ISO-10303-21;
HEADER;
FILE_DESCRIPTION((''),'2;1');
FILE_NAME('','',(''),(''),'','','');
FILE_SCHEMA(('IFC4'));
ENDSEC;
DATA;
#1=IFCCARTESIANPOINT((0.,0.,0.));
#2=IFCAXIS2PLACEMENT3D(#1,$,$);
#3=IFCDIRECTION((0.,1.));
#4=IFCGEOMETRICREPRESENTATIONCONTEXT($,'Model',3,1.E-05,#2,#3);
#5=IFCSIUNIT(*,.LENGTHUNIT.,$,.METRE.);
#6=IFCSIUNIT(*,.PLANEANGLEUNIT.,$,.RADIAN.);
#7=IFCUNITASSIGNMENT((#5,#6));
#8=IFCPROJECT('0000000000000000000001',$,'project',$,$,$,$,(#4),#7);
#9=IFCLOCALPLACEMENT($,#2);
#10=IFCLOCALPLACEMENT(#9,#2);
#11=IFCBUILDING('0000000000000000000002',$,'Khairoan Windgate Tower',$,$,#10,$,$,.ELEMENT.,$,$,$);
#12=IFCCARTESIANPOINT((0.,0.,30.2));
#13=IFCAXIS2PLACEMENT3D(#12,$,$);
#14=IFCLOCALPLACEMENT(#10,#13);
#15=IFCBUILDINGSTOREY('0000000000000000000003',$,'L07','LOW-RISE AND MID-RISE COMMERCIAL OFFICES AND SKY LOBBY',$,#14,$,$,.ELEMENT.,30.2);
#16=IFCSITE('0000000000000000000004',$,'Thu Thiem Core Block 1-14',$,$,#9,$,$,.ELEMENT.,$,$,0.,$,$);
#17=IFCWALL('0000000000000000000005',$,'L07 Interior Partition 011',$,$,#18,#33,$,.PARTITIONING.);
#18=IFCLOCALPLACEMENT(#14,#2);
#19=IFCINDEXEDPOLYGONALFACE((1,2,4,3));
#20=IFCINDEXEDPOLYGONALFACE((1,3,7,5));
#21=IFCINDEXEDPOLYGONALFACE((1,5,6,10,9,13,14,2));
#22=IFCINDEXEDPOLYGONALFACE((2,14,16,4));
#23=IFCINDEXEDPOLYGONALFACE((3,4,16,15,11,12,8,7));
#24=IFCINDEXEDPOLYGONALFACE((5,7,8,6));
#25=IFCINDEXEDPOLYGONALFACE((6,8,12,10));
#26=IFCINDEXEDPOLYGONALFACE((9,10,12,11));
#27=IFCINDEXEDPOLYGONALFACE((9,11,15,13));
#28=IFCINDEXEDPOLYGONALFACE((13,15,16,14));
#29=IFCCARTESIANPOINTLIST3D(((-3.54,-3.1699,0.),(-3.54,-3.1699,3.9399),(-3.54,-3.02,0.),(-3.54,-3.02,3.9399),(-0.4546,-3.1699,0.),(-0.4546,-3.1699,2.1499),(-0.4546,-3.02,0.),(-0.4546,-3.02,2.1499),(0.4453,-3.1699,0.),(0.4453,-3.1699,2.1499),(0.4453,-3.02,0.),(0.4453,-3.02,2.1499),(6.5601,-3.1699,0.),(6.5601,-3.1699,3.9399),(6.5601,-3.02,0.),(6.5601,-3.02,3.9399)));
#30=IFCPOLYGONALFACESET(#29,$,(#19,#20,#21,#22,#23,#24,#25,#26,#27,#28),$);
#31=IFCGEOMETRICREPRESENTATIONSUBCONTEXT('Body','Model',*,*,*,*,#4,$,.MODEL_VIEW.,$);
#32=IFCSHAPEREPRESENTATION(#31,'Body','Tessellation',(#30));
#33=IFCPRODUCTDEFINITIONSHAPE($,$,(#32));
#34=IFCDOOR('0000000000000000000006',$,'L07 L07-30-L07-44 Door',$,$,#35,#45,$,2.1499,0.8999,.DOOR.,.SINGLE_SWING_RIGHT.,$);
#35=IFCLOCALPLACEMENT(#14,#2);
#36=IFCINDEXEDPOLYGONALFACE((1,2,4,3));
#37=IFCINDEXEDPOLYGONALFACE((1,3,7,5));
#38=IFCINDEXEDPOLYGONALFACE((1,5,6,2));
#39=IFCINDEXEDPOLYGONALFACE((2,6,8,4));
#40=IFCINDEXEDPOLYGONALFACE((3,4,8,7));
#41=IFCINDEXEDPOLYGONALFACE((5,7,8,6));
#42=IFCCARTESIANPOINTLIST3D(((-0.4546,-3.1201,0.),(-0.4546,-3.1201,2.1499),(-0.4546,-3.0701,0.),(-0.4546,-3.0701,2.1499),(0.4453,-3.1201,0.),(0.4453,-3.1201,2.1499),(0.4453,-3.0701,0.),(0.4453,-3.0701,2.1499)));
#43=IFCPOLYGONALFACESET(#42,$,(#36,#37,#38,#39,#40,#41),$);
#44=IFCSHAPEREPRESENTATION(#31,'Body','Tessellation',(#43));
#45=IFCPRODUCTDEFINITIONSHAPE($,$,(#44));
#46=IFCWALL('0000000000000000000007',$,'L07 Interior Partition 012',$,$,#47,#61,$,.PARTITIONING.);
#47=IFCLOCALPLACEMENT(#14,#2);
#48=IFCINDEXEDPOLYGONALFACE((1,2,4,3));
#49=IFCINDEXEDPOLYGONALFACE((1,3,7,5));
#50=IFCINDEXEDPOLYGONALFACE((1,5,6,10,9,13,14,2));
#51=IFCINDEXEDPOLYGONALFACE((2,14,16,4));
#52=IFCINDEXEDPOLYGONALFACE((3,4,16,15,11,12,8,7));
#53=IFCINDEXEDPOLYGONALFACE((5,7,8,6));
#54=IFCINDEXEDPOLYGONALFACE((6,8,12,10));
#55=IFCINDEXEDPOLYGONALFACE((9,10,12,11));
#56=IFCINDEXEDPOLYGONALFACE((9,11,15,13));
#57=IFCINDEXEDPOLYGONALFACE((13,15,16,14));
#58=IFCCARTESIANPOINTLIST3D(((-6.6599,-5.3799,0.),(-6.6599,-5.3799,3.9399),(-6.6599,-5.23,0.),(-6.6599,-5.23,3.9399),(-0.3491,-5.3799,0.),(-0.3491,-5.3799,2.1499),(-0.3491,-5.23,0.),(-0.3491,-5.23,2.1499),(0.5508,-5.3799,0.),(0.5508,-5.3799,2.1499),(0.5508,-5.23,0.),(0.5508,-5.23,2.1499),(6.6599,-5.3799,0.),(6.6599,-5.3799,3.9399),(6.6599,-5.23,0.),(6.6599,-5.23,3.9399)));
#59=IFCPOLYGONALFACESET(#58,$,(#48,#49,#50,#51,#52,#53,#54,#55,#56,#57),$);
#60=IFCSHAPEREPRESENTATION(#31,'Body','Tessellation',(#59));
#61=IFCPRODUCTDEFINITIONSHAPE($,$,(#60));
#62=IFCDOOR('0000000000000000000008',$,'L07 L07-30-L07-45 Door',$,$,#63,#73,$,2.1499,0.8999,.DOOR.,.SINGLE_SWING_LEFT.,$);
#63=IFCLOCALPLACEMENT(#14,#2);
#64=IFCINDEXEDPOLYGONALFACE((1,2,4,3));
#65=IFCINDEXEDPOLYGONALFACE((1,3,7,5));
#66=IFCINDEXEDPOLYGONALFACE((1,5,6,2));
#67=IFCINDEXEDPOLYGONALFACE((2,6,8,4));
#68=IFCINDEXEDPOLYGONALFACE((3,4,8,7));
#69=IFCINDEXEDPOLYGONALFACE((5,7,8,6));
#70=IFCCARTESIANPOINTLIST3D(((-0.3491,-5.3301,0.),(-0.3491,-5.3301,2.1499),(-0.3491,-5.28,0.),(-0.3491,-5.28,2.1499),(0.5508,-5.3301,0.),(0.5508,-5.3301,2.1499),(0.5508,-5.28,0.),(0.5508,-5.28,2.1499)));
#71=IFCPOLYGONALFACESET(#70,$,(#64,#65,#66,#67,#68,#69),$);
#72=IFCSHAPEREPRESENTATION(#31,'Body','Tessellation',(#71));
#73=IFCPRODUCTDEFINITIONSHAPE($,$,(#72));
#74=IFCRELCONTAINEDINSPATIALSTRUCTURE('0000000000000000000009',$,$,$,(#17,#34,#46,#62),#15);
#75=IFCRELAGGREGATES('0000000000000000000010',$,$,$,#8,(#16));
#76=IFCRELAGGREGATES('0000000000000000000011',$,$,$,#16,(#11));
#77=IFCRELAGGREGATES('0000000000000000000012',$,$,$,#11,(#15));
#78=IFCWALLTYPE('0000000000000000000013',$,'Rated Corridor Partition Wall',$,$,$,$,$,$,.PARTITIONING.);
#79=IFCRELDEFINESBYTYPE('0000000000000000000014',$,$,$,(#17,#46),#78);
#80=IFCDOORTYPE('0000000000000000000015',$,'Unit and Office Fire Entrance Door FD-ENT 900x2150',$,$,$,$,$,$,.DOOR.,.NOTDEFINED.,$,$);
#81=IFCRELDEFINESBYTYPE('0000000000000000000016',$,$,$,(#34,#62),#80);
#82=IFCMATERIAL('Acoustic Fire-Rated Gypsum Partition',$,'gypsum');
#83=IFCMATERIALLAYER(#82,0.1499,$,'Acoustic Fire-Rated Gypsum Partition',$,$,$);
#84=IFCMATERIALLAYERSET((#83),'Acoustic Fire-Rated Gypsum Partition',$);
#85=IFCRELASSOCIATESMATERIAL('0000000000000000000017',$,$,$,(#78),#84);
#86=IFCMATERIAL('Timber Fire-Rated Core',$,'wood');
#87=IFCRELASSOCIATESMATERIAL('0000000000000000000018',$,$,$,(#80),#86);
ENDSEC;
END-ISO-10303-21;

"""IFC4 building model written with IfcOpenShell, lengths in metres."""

from ifc_helpers import new_model, si_unit, direction, frame, frame_2d, origin, place, context, subcontext, project, spatial, rectangle, extrude, material, layer, layer_set, type_object, element, fill, save


model = new_model("IFC4")

# Units and contexts
model_context = context("Model", 3, precision=1e-05, world=origin(), true_north=direction((0.0, 1.0)))
body_context = subcontext(model_context, "Body", "Model", "MODEL_VIEW")
ifc_project = project(units=[si_unit("LENGTHUNIT", "METRE"), si_unit("PLANEANGLEUNIT", "RADIAN")], contexts=[model_context])

# Site, building, storey
site_placement = place(None, origin())
site = spatial("IfcSite", under=ifc_project, at=site_placement, Name="Thu Thiem Core Block 1-14", CompositionType="ELEMENT", RefElevation=0.0)
building_placement = place(site_placement, origin())
building = spatial("IfcBuilding", under=site, at=building_placement, Name="Khairoan Windgate Tower", CompositionType="ELEMENT")
storey_placement = place(building_placement, frame((0.0, 0.0, 30.2)))
storey = spatial("IfcBuildingStorey", under=building, at=storey_placement, Name="L07", Description="LOW-RISE AND MID-RISE COMMERCIAL OFFICES AND SKY LOBBY", CompositionType="ELEMENT", Elevation=30.2)

# Walls, openings, doors
ifc_material_1 = material(Name="Acoustic Fire-Rated Gypsum Partition", Category="gypsum")
ifc_layer_1 = layer(ifc_material_1, 0.1499, Name="Acoustic Fire-Rated Gypsum Partition")
ifc_layer_set_1 = layer_set([ifc_layer_1], Name="Acoustic Fire-Rated Gypsum Partition")
wall_type_1 = type_object("IfcWallType", Name="Rated Corridor Partition Wall", PredefinedType="PARTITIONING", material=ifc_layer_set_1)
ifc_material_2 = material(Name="Timber Fire-Rated Core", Category="wood")
door_type = type_object("IfcDoorType", Name="Unit and Office Fire Entrance Door FD-ENT 900x2150", OperationType="NOTDEFINED", PredefinedType="DOOR", material=ifc_material_2)
wall_1_placement = place(storey_placement, frame((-3.54, -3.095, 0.0), z_axis=(0.0, 0.0, 1.0), x_axis=(1.0, 0.0, 0.0)))
wall_1 = element("IfcWall", 1, at=wall_1_placement, inside=storey, type_object=wall_type_1, Name="L07 Interior Partition 011", PredefinedType="PARTITIONING", context=body_context, shape_type="SweptSolid", body=[
    extrude(rectangle(XDim=10.1001, YDim=0.1499, at=frame_2d((5.05, 0.0))), origin(), (0.0, 0.0, 1.0), 3.9399),
])
opening_1_placement = place(wall_1_placement, frame((3.0854, 0.0, 0.0)))
opening_1 = element("IfcOpeningElement", 2, at=opening_1_placement, cuts=wall_1, PredefinedType="OPENING", context=body_context, shape_type="SweptSolid", body=[
    extrude(rectangle(XDim=0.8999, YDim=2.1499, at=frame_2d((0.45, 1.075))), frame((0.0, 0.085, 0.0), z_axis=(0.0, -1.0, 0.0), x_axis=(1.0, 0.0, 0.0)), (0.0, 0.0, 1.0), 0.1699),
])
door_1_placement = place(opening_1_placement, origin())
door_1 = element("IfcDoor", 3, at=door_1_placement, inside=storey, type_object=door_type, Name="L07 L07-30-L07-44 Door", OperationType="SINGLE_SWING_RIGHT", OverallHeight=2.1499, OverallWidth=0.8999, PredefinedType="DOOR", context=body_context, shape_type="SweptSolid", body=[
    extrude(rectangle(XDim=0.8999, YDim=2.1499, at=frame_2d((0.45, 1.075))), frame((0.0, 0.0249, 0.0), z_axis=(0.0, -1.0, 0.0), x_axis=(1.0, 0.0, 0.0)), (0.0, 0.0, 1.0), 0.05),
])
fill(opening_1, door_1)
wall_2_placement = place(storey_placement, frame((-6.6599, -5.3049, 0.0), z_axis=(0.0, 0.0, 1.0), x_axis=(1.0, 0.0, 0.0)))
wall_2 = element("IfcWall", 4, at=wall_2_placement, inside=storey, type_object=wall_type_1, Name="L07 Interior Partition 012", PredefinedType="PARTITIONING", context=body_context, shape_type="SweptSolid", body=[
    extrude(rectangle(XDim=13.3198, YDim=0.1499, at=frame_2d((6.6599, 0.0))), origin(), (0.0, 0.0, 1.0), 3.9399),
])
opening_2_placement = place(wall_2_placement, frame((6.3108, 0.0, 0.0)))
opening_2 = element("IfcOpeningElement", 5, at=opening_2_placement, cuts=wall_2, PredefinedType="OPENING", context=body_context, shape_type="SweptSolid", body=[
    extrude(rectangle(XDim=0.8999, YDim=2.1499, at=frame_2d((0.45, 1.075))), frame((0.0, 0.085, 0.0), z_axis=(0.0, -1.0, 0.0), x_axis=(1.0, 0.0, 0.0)), (0.0, 0.0, 1.0), 0.1699),
])
door_2_placement = place(opening_2_placement, origin())
door_2 = element("IfcDoor", 6, at=door_2_placement, inside=storey, type_object=door_type, Name="L07 L07-30-L07-45 Door", OperationType="SINGLE_SWING_LEFT", OverallHeight=2.1499, OverallWidth=0.8999, PredefinedType="DOOR", context=body_context, shape_type="SweptSolid", body=[
    extrude(rectangle(XDim=0.8999, YDim=2.1499, at=frame_2d((0.45, 1.075))), frame((0.0, 0.0249, 0.0), z_axis=(0.0, -1.0, 0.0), x_axis=(1.0, 0.0, 0.0)), (0.0, 0.0, 1.0), 0.05),
])
fill(opening_2, door_2)

save(model, "model.ifc")
